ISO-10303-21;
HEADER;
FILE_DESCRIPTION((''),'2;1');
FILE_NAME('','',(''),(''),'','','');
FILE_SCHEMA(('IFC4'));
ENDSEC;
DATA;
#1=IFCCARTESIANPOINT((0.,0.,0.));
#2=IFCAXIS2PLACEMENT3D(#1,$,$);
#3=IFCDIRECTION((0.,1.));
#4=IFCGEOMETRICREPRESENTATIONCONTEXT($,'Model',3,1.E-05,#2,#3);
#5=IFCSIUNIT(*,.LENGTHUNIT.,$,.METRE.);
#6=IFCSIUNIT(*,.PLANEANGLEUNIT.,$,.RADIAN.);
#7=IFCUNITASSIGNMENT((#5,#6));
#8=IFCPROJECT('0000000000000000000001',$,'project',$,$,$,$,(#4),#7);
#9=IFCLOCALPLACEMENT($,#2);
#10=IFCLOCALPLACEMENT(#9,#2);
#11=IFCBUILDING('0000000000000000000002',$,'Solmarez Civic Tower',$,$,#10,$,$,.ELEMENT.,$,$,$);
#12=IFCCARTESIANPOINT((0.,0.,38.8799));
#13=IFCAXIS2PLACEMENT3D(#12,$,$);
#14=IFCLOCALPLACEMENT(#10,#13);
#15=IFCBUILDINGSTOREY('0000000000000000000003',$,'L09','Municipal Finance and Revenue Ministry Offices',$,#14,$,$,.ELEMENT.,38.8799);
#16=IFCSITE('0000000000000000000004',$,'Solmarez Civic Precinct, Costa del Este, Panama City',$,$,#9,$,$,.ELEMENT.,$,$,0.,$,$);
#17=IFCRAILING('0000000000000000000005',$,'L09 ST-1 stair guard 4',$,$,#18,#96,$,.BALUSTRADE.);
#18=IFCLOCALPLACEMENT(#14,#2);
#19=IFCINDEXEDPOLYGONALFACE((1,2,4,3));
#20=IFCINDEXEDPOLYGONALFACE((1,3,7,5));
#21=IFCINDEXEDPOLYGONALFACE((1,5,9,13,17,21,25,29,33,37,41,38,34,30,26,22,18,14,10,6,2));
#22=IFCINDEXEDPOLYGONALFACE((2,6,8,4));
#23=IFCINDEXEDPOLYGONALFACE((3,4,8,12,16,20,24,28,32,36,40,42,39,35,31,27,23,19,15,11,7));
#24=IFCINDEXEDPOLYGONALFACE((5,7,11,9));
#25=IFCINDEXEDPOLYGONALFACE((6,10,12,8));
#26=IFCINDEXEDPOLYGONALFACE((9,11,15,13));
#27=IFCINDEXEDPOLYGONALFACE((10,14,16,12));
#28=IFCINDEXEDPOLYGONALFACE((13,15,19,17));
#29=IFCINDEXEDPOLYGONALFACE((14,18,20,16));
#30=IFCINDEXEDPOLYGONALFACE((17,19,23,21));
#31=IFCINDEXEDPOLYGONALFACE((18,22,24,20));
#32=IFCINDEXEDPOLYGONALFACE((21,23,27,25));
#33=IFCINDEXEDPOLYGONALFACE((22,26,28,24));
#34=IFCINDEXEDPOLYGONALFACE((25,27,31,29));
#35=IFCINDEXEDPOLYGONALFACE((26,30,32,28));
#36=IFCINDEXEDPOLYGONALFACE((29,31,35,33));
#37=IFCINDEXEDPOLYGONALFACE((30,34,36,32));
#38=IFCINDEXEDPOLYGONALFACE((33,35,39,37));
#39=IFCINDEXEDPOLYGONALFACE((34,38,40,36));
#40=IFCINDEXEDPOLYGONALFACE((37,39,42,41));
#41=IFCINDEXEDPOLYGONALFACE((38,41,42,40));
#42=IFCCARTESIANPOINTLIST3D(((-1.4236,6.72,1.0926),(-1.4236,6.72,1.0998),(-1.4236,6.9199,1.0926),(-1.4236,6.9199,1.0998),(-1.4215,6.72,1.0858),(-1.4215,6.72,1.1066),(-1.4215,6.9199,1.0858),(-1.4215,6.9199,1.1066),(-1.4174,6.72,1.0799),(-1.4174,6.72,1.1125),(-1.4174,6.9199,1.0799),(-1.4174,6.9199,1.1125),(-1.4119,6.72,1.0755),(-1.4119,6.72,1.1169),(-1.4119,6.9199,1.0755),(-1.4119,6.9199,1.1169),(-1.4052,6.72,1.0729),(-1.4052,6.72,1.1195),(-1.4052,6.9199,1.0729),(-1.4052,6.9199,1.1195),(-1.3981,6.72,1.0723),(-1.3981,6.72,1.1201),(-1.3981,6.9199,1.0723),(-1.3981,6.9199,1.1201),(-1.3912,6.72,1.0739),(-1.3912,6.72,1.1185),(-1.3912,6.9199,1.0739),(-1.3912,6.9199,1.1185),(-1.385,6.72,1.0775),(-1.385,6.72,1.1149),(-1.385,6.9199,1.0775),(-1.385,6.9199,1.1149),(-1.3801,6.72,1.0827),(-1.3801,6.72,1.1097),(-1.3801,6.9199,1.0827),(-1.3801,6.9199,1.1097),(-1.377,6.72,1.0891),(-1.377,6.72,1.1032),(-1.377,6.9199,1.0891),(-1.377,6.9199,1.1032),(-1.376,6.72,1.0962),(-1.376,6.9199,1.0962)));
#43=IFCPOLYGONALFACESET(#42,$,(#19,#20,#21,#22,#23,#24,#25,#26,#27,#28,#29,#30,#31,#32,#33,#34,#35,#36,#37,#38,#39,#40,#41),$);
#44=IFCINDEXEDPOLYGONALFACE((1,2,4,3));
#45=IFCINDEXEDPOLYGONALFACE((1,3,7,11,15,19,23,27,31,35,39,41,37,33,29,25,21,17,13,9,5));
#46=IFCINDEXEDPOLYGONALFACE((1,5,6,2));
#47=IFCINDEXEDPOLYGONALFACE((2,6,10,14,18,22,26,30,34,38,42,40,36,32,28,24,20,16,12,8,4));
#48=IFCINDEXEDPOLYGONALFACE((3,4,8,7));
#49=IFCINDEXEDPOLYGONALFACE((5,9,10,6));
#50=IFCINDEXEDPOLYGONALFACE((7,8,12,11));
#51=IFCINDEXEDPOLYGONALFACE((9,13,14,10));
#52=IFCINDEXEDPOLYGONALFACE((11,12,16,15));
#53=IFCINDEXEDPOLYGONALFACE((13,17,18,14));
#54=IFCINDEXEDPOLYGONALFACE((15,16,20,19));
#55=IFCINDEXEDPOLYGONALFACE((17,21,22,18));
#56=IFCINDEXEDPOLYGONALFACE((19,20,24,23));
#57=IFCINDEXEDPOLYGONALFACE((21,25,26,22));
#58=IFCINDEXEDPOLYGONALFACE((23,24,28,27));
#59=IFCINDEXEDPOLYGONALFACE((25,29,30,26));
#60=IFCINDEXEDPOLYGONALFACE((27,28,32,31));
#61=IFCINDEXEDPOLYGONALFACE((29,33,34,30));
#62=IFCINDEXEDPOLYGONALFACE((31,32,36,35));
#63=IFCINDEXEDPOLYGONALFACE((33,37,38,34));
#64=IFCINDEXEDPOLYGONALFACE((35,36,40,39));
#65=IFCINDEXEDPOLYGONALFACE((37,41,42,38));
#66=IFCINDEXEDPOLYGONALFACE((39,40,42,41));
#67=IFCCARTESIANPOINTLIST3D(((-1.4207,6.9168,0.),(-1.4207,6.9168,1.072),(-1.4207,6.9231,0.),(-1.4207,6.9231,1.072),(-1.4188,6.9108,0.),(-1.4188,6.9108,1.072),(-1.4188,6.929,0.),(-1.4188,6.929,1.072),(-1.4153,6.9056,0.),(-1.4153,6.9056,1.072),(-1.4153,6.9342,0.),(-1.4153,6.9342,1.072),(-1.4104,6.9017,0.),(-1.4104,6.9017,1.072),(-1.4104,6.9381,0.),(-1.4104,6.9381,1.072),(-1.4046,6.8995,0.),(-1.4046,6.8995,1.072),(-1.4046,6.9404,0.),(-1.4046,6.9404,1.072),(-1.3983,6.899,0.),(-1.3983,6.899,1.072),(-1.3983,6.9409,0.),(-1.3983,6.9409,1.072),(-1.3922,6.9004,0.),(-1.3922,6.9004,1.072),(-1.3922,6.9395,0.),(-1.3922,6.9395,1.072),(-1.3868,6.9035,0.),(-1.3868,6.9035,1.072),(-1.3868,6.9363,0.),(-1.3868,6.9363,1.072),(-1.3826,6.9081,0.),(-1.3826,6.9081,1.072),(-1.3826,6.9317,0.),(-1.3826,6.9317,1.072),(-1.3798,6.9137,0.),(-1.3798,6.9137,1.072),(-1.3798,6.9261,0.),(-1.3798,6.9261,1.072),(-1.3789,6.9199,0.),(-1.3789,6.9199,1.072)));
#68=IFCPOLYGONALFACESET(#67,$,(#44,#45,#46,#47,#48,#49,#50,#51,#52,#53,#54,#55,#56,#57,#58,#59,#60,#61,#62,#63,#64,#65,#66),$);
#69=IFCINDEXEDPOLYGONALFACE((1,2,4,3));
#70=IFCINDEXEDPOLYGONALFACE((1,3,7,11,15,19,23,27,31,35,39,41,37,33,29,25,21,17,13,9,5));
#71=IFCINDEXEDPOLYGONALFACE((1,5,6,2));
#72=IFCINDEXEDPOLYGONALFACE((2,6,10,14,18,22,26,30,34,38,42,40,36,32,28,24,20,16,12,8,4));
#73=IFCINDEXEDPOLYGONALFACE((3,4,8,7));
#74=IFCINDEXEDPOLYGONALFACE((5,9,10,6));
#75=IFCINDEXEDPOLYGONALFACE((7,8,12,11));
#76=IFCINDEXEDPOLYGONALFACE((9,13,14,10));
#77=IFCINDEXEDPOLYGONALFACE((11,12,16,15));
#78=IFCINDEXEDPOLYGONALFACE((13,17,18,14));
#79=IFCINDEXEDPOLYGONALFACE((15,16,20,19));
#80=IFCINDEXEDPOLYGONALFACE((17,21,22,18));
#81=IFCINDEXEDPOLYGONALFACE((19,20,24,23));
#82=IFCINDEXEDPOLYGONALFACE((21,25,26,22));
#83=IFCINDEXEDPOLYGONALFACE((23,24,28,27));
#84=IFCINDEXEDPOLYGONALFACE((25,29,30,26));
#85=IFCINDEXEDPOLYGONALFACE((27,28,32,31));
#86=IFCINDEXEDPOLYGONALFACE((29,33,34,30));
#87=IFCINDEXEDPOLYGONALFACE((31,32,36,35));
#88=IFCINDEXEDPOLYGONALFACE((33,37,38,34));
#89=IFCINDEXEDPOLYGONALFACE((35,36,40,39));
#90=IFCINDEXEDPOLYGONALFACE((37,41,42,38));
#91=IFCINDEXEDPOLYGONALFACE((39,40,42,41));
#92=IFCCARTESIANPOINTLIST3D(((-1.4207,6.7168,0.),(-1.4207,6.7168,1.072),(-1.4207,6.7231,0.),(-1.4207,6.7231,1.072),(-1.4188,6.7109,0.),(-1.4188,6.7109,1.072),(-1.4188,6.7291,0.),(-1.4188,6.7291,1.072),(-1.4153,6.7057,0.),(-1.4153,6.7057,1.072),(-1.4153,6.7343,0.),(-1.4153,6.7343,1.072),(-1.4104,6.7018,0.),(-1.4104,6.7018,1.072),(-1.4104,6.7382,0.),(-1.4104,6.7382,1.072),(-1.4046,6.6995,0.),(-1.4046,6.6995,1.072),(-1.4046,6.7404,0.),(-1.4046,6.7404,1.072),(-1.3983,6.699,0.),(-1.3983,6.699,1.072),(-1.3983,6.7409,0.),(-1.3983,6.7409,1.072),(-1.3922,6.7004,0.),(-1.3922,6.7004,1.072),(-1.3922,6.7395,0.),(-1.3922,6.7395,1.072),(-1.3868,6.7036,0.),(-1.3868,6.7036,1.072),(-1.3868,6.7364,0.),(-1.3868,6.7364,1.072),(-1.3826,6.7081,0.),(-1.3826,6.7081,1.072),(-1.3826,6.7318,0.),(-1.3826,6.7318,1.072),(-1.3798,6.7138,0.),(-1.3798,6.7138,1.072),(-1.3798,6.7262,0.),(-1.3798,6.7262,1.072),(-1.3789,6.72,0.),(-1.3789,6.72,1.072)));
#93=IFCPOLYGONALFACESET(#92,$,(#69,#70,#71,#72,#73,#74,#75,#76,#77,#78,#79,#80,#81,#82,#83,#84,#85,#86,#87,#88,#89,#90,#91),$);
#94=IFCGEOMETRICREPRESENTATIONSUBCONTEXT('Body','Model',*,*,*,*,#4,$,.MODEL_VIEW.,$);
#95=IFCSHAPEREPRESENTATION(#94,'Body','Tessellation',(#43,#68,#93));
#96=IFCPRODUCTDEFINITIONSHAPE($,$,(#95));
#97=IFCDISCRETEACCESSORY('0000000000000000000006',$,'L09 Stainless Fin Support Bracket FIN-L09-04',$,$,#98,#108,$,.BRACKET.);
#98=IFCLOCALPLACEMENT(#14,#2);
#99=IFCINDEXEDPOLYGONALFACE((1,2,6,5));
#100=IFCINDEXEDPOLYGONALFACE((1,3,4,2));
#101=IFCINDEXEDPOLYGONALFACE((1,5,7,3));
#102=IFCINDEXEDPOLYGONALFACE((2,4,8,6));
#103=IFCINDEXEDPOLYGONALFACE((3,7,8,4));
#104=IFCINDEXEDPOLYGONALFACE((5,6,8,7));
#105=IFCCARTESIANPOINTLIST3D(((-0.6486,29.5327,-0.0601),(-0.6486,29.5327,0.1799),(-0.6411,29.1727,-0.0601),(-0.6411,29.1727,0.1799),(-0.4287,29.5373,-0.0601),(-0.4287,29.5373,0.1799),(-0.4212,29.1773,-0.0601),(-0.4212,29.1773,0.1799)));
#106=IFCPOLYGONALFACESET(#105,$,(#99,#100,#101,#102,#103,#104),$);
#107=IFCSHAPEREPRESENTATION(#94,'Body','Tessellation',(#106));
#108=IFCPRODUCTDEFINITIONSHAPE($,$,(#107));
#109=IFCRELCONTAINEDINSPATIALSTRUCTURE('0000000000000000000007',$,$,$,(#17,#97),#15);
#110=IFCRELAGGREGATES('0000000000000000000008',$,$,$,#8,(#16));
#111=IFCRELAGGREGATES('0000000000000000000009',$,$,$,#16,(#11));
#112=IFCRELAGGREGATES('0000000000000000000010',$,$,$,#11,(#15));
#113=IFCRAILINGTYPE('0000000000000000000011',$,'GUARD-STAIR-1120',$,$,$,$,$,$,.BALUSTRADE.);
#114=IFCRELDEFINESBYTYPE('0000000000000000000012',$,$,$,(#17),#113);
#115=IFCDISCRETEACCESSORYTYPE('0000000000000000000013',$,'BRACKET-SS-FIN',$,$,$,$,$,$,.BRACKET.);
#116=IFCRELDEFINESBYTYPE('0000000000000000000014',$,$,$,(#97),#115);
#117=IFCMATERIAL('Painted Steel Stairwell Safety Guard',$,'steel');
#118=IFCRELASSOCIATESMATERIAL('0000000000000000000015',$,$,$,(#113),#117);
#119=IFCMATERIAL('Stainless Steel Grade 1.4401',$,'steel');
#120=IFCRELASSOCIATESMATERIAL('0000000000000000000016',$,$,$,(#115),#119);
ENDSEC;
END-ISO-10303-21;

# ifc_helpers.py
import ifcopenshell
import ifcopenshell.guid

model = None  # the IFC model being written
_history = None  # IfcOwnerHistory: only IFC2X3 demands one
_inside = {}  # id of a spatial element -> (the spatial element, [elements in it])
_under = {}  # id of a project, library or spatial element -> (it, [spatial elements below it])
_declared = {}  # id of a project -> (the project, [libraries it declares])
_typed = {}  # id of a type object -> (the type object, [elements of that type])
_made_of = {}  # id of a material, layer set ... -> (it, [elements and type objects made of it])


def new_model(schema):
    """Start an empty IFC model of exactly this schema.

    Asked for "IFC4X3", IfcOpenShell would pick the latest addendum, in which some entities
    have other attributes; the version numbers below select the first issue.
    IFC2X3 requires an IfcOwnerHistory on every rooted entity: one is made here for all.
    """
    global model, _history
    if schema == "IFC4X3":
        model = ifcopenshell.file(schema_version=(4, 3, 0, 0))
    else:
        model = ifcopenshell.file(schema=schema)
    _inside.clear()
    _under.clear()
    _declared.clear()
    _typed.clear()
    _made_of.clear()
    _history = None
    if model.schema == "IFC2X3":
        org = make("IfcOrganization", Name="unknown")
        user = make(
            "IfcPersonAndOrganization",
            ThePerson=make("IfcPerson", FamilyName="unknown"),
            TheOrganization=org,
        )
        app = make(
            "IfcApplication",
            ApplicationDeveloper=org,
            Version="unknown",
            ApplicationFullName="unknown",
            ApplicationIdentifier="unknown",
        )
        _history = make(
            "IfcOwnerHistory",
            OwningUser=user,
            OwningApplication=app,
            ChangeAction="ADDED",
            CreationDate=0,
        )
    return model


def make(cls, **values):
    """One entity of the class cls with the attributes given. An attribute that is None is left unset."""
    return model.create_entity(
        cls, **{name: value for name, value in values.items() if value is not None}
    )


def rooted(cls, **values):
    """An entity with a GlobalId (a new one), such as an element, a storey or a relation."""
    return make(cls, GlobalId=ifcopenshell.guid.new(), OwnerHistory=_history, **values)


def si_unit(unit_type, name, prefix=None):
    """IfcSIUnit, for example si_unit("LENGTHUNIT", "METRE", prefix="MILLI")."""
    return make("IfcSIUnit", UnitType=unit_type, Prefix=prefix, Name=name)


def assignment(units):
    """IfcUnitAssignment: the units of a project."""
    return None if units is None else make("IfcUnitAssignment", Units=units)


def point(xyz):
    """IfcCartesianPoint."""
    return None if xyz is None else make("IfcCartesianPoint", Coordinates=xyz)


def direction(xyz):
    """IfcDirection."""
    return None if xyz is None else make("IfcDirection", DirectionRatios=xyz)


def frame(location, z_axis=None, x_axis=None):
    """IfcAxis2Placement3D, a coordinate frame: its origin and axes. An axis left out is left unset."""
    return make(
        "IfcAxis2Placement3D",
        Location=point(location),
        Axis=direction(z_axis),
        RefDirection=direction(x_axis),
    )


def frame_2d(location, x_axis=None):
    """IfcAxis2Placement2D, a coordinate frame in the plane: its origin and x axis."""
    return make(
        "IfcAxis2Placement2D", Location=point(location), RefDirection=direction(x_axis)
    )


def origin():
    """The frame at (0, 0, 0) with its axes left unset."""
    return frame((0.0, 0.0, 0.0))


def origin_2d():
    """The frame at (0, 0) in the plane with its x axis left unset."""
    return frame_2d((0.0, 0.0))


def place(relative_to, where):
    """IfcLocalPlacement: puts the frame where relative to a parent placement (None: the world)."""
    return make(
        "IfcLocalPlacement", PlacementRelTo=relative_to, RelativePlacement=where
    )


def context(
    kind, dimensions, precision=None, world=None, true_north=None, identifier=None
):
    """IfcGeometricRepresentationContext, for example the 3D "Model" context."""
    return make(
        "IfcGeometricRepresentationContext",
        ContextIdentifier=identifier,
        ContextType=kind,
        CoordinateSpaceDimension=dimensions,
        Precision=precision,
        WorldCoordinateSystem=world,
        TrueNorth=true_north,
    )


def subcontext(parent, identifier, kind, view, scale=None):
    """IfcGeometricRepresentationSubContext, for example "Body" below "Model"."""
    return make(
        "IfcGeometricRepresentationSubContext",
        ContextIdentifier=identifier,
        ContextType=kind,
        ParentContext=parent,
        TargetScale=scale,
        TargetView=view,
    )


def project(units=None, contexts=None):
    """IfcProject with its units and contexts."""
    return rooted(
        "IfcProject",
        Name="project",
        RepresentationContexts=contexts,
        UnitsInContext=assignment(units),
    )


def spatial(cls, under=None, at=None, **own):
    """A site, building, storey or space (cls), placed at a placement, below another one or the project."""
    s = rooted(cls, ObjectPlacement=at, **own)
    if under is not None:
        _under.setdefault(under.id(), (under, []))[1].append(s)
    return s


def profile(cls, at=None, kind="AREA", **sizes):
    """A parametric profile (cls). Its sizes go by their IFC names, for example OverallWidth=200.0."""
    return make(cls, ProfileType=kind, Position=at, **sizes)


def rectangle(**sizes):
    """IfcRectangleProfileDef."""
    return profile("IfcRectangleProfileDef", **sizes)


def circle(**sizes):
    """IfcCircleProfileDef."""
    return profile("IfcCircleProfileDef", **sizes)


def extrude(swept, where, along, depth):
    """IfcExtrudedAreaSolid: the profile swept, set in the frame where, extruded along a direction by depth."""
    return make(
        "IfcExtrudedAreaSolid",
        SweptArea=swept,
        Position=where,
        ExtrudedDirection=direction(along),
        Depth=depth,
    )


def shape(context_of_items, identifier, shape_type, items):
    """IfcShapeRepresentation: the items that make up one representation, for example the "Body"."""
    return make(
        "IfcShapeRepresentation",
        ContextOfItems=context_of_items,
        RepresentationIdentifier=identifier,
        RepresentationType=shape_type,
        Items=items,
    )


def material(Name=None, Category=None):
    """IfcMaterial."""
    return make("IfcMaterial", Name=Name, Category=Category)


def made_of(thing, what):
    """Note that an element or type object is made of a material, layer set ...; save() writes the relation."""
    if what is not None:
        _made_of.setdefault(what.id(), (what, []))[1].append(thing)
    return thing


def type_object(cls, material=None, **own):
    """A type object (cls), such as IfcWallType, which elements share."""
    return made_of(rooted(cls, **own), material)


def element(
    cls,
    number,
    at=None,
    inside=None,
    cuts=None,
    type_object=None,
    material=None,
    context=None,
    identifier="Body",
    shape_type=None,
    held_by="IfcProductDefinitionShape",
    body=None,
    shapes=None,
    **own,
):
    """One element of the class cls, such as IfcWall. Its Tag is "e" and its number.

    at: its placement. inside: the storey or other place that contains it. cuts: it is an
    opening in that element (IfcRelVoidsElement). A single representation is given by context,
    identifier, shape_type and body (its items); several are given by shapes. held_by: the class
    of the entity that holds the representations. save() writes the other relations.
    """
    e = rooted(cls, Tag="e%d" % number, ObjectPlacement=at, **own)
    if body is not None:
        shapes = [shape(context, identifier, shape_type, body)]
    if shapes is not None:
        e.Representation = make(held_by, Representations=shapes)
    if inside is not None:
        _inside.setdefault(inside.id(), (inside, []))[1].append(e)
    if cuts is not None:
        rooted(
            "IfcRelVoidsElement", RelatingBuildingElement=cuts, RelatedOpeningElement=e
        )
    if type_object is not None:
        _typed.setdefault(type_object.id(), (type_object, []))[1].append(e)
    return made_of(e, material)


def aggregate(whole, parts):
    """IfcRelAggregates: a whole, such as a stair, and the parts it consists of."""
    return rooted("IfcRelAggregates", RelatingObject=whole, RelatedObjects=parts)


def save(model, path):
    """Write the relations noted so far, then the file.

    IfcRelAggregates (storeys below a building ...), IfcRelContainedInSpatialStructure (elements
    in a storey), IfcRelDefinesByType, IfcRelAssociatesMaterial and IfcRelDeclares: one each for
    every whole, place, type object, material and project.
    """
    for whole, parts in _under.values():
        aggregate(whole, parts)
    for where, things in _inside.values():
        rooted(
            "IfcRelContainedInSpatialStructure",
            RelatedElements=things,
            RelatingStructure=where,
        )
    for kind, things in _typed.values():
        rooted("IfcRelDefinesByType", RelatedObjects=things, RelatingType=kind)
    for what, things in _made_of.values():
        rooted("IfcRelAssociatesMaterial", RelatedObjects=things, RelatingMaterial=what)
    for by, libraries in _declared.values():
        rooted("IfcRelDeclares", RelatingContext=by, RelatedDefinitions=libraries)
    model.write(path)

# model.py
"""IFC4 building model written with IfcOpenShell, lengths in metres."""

from ifc_helpers import new_model, si_unit, direction, frame, origin, origin_2d, place, context, subcontext, project, spatial, rectangle, circle, extrude, material, type_object, element, save


model = new_model("IFC4")

# Units and contexts
model_context = context("Model", 3, precision=1e-05, world=origin(), true_north=direction((0.0, 1.0)))
body_context = subcontext(model_context, "Body", "Model", "MODEL_VIEW")
ifc_project = project(units=[si_unit("LENGTHUNIT", "METRE"), si_unit("PLANEANGLEUNIT", "RADIAN")], contexts=[model_context])

# Site, building, storey
site_placement = place(None, origin())
site = spatial("IfcSite", under=ifc_project, at=site_placement, Name="Solmarez Civic Precinct, Costa del Este, Panama City", CompositionType="ELEMENT", RefElevation=0.0)
building_placement = place(site_placement, origin())
building = spatial("IfcBuilding", under=site, at=building_placement, Name="Solmarez Civic Tower", CompositionType="ELEMENT")
storey_placement = place(building_placement, frame((0.0, 0.0, 38.8799)))
storey = spatial("IfcBuildingStorey", under=building, at=storey_placement, Name="L09", Description="Municipal Finance and Revenue Ministry Offices", CompositionType="ELEMENT", Elevation=38.8799)

# Railing
ifc_material_1 = material(Name="Painted Steel Stairwell Safety Guard", Category="steel")
railing_type = type_object("IfcRailingType", Name="GUARD-STAIR-1120", PredefinedType="BALUSTRADE", material=ifc_material_1)
railing_placement = place(storey_placement, frame((-1.3999, 6.9199, 0.0)))
element("IfcRailing", 1, at=railing_placement, inside=storey, type_object=railing_type, Name="L09 ST-1 stair guard 4", PredefinedType="BALUSTRADE", context=body_context, shape_type="SweptSolid", body=[
    extrude(circle(Radius=0.0239, at=origin_2d()), frame((0.0, 0.0, 1.0962), z_axis=(0.0, -1.0, 0.0), x_axis=(1.0, 0.0, 0.0)), (0.0, 0.0, 1.0), 0.2),
    extrude(circle(Radius=0.021, at=origin_2d()), origin(), (0.0, 0.0, 1.0), 1.072),
    extrude(circle(Radius=0.021, at=origin_2d()), frame((0.0, -0.2, 0.0)), (0.0, 0.0, 1.0), 1.072),
])

# Discrete accessory
ifc_material_2 = material(Name="Stainless Steel Grade 1.4401", Category="steel")
discrete_accessory_type = type_object("IfcDiscreteAccessoryType", Name="BRACKET-SS-FIN", PredefinedType="BRACKET", material=ifc_material_2)
discrete_accessory_placement = place(storey_placement, frame((-0.5349, 29.355, -0.0601), z_axis=(0.0, 0.0, 1.0), x_axis=(-0.02097, 0.99978, 0.0)))
element("IfcDiscreteAccessory", 2, at=discrete_accessory_placement, inside=storey, type_object=discrete_accessory_type, Name="L09 Stainless Fin Support Bracket FIN-L09-04", PredefinedType="BRACKET", context=body_context, shape_type="SweptSolid", body=[
    extrude(rectangle(XDim=0.3601, YDim=0.22, at=origin_2d()), origin(), (0.0, 0.0, 1.0), 0.24),
])

save(model, "model.ifc")
